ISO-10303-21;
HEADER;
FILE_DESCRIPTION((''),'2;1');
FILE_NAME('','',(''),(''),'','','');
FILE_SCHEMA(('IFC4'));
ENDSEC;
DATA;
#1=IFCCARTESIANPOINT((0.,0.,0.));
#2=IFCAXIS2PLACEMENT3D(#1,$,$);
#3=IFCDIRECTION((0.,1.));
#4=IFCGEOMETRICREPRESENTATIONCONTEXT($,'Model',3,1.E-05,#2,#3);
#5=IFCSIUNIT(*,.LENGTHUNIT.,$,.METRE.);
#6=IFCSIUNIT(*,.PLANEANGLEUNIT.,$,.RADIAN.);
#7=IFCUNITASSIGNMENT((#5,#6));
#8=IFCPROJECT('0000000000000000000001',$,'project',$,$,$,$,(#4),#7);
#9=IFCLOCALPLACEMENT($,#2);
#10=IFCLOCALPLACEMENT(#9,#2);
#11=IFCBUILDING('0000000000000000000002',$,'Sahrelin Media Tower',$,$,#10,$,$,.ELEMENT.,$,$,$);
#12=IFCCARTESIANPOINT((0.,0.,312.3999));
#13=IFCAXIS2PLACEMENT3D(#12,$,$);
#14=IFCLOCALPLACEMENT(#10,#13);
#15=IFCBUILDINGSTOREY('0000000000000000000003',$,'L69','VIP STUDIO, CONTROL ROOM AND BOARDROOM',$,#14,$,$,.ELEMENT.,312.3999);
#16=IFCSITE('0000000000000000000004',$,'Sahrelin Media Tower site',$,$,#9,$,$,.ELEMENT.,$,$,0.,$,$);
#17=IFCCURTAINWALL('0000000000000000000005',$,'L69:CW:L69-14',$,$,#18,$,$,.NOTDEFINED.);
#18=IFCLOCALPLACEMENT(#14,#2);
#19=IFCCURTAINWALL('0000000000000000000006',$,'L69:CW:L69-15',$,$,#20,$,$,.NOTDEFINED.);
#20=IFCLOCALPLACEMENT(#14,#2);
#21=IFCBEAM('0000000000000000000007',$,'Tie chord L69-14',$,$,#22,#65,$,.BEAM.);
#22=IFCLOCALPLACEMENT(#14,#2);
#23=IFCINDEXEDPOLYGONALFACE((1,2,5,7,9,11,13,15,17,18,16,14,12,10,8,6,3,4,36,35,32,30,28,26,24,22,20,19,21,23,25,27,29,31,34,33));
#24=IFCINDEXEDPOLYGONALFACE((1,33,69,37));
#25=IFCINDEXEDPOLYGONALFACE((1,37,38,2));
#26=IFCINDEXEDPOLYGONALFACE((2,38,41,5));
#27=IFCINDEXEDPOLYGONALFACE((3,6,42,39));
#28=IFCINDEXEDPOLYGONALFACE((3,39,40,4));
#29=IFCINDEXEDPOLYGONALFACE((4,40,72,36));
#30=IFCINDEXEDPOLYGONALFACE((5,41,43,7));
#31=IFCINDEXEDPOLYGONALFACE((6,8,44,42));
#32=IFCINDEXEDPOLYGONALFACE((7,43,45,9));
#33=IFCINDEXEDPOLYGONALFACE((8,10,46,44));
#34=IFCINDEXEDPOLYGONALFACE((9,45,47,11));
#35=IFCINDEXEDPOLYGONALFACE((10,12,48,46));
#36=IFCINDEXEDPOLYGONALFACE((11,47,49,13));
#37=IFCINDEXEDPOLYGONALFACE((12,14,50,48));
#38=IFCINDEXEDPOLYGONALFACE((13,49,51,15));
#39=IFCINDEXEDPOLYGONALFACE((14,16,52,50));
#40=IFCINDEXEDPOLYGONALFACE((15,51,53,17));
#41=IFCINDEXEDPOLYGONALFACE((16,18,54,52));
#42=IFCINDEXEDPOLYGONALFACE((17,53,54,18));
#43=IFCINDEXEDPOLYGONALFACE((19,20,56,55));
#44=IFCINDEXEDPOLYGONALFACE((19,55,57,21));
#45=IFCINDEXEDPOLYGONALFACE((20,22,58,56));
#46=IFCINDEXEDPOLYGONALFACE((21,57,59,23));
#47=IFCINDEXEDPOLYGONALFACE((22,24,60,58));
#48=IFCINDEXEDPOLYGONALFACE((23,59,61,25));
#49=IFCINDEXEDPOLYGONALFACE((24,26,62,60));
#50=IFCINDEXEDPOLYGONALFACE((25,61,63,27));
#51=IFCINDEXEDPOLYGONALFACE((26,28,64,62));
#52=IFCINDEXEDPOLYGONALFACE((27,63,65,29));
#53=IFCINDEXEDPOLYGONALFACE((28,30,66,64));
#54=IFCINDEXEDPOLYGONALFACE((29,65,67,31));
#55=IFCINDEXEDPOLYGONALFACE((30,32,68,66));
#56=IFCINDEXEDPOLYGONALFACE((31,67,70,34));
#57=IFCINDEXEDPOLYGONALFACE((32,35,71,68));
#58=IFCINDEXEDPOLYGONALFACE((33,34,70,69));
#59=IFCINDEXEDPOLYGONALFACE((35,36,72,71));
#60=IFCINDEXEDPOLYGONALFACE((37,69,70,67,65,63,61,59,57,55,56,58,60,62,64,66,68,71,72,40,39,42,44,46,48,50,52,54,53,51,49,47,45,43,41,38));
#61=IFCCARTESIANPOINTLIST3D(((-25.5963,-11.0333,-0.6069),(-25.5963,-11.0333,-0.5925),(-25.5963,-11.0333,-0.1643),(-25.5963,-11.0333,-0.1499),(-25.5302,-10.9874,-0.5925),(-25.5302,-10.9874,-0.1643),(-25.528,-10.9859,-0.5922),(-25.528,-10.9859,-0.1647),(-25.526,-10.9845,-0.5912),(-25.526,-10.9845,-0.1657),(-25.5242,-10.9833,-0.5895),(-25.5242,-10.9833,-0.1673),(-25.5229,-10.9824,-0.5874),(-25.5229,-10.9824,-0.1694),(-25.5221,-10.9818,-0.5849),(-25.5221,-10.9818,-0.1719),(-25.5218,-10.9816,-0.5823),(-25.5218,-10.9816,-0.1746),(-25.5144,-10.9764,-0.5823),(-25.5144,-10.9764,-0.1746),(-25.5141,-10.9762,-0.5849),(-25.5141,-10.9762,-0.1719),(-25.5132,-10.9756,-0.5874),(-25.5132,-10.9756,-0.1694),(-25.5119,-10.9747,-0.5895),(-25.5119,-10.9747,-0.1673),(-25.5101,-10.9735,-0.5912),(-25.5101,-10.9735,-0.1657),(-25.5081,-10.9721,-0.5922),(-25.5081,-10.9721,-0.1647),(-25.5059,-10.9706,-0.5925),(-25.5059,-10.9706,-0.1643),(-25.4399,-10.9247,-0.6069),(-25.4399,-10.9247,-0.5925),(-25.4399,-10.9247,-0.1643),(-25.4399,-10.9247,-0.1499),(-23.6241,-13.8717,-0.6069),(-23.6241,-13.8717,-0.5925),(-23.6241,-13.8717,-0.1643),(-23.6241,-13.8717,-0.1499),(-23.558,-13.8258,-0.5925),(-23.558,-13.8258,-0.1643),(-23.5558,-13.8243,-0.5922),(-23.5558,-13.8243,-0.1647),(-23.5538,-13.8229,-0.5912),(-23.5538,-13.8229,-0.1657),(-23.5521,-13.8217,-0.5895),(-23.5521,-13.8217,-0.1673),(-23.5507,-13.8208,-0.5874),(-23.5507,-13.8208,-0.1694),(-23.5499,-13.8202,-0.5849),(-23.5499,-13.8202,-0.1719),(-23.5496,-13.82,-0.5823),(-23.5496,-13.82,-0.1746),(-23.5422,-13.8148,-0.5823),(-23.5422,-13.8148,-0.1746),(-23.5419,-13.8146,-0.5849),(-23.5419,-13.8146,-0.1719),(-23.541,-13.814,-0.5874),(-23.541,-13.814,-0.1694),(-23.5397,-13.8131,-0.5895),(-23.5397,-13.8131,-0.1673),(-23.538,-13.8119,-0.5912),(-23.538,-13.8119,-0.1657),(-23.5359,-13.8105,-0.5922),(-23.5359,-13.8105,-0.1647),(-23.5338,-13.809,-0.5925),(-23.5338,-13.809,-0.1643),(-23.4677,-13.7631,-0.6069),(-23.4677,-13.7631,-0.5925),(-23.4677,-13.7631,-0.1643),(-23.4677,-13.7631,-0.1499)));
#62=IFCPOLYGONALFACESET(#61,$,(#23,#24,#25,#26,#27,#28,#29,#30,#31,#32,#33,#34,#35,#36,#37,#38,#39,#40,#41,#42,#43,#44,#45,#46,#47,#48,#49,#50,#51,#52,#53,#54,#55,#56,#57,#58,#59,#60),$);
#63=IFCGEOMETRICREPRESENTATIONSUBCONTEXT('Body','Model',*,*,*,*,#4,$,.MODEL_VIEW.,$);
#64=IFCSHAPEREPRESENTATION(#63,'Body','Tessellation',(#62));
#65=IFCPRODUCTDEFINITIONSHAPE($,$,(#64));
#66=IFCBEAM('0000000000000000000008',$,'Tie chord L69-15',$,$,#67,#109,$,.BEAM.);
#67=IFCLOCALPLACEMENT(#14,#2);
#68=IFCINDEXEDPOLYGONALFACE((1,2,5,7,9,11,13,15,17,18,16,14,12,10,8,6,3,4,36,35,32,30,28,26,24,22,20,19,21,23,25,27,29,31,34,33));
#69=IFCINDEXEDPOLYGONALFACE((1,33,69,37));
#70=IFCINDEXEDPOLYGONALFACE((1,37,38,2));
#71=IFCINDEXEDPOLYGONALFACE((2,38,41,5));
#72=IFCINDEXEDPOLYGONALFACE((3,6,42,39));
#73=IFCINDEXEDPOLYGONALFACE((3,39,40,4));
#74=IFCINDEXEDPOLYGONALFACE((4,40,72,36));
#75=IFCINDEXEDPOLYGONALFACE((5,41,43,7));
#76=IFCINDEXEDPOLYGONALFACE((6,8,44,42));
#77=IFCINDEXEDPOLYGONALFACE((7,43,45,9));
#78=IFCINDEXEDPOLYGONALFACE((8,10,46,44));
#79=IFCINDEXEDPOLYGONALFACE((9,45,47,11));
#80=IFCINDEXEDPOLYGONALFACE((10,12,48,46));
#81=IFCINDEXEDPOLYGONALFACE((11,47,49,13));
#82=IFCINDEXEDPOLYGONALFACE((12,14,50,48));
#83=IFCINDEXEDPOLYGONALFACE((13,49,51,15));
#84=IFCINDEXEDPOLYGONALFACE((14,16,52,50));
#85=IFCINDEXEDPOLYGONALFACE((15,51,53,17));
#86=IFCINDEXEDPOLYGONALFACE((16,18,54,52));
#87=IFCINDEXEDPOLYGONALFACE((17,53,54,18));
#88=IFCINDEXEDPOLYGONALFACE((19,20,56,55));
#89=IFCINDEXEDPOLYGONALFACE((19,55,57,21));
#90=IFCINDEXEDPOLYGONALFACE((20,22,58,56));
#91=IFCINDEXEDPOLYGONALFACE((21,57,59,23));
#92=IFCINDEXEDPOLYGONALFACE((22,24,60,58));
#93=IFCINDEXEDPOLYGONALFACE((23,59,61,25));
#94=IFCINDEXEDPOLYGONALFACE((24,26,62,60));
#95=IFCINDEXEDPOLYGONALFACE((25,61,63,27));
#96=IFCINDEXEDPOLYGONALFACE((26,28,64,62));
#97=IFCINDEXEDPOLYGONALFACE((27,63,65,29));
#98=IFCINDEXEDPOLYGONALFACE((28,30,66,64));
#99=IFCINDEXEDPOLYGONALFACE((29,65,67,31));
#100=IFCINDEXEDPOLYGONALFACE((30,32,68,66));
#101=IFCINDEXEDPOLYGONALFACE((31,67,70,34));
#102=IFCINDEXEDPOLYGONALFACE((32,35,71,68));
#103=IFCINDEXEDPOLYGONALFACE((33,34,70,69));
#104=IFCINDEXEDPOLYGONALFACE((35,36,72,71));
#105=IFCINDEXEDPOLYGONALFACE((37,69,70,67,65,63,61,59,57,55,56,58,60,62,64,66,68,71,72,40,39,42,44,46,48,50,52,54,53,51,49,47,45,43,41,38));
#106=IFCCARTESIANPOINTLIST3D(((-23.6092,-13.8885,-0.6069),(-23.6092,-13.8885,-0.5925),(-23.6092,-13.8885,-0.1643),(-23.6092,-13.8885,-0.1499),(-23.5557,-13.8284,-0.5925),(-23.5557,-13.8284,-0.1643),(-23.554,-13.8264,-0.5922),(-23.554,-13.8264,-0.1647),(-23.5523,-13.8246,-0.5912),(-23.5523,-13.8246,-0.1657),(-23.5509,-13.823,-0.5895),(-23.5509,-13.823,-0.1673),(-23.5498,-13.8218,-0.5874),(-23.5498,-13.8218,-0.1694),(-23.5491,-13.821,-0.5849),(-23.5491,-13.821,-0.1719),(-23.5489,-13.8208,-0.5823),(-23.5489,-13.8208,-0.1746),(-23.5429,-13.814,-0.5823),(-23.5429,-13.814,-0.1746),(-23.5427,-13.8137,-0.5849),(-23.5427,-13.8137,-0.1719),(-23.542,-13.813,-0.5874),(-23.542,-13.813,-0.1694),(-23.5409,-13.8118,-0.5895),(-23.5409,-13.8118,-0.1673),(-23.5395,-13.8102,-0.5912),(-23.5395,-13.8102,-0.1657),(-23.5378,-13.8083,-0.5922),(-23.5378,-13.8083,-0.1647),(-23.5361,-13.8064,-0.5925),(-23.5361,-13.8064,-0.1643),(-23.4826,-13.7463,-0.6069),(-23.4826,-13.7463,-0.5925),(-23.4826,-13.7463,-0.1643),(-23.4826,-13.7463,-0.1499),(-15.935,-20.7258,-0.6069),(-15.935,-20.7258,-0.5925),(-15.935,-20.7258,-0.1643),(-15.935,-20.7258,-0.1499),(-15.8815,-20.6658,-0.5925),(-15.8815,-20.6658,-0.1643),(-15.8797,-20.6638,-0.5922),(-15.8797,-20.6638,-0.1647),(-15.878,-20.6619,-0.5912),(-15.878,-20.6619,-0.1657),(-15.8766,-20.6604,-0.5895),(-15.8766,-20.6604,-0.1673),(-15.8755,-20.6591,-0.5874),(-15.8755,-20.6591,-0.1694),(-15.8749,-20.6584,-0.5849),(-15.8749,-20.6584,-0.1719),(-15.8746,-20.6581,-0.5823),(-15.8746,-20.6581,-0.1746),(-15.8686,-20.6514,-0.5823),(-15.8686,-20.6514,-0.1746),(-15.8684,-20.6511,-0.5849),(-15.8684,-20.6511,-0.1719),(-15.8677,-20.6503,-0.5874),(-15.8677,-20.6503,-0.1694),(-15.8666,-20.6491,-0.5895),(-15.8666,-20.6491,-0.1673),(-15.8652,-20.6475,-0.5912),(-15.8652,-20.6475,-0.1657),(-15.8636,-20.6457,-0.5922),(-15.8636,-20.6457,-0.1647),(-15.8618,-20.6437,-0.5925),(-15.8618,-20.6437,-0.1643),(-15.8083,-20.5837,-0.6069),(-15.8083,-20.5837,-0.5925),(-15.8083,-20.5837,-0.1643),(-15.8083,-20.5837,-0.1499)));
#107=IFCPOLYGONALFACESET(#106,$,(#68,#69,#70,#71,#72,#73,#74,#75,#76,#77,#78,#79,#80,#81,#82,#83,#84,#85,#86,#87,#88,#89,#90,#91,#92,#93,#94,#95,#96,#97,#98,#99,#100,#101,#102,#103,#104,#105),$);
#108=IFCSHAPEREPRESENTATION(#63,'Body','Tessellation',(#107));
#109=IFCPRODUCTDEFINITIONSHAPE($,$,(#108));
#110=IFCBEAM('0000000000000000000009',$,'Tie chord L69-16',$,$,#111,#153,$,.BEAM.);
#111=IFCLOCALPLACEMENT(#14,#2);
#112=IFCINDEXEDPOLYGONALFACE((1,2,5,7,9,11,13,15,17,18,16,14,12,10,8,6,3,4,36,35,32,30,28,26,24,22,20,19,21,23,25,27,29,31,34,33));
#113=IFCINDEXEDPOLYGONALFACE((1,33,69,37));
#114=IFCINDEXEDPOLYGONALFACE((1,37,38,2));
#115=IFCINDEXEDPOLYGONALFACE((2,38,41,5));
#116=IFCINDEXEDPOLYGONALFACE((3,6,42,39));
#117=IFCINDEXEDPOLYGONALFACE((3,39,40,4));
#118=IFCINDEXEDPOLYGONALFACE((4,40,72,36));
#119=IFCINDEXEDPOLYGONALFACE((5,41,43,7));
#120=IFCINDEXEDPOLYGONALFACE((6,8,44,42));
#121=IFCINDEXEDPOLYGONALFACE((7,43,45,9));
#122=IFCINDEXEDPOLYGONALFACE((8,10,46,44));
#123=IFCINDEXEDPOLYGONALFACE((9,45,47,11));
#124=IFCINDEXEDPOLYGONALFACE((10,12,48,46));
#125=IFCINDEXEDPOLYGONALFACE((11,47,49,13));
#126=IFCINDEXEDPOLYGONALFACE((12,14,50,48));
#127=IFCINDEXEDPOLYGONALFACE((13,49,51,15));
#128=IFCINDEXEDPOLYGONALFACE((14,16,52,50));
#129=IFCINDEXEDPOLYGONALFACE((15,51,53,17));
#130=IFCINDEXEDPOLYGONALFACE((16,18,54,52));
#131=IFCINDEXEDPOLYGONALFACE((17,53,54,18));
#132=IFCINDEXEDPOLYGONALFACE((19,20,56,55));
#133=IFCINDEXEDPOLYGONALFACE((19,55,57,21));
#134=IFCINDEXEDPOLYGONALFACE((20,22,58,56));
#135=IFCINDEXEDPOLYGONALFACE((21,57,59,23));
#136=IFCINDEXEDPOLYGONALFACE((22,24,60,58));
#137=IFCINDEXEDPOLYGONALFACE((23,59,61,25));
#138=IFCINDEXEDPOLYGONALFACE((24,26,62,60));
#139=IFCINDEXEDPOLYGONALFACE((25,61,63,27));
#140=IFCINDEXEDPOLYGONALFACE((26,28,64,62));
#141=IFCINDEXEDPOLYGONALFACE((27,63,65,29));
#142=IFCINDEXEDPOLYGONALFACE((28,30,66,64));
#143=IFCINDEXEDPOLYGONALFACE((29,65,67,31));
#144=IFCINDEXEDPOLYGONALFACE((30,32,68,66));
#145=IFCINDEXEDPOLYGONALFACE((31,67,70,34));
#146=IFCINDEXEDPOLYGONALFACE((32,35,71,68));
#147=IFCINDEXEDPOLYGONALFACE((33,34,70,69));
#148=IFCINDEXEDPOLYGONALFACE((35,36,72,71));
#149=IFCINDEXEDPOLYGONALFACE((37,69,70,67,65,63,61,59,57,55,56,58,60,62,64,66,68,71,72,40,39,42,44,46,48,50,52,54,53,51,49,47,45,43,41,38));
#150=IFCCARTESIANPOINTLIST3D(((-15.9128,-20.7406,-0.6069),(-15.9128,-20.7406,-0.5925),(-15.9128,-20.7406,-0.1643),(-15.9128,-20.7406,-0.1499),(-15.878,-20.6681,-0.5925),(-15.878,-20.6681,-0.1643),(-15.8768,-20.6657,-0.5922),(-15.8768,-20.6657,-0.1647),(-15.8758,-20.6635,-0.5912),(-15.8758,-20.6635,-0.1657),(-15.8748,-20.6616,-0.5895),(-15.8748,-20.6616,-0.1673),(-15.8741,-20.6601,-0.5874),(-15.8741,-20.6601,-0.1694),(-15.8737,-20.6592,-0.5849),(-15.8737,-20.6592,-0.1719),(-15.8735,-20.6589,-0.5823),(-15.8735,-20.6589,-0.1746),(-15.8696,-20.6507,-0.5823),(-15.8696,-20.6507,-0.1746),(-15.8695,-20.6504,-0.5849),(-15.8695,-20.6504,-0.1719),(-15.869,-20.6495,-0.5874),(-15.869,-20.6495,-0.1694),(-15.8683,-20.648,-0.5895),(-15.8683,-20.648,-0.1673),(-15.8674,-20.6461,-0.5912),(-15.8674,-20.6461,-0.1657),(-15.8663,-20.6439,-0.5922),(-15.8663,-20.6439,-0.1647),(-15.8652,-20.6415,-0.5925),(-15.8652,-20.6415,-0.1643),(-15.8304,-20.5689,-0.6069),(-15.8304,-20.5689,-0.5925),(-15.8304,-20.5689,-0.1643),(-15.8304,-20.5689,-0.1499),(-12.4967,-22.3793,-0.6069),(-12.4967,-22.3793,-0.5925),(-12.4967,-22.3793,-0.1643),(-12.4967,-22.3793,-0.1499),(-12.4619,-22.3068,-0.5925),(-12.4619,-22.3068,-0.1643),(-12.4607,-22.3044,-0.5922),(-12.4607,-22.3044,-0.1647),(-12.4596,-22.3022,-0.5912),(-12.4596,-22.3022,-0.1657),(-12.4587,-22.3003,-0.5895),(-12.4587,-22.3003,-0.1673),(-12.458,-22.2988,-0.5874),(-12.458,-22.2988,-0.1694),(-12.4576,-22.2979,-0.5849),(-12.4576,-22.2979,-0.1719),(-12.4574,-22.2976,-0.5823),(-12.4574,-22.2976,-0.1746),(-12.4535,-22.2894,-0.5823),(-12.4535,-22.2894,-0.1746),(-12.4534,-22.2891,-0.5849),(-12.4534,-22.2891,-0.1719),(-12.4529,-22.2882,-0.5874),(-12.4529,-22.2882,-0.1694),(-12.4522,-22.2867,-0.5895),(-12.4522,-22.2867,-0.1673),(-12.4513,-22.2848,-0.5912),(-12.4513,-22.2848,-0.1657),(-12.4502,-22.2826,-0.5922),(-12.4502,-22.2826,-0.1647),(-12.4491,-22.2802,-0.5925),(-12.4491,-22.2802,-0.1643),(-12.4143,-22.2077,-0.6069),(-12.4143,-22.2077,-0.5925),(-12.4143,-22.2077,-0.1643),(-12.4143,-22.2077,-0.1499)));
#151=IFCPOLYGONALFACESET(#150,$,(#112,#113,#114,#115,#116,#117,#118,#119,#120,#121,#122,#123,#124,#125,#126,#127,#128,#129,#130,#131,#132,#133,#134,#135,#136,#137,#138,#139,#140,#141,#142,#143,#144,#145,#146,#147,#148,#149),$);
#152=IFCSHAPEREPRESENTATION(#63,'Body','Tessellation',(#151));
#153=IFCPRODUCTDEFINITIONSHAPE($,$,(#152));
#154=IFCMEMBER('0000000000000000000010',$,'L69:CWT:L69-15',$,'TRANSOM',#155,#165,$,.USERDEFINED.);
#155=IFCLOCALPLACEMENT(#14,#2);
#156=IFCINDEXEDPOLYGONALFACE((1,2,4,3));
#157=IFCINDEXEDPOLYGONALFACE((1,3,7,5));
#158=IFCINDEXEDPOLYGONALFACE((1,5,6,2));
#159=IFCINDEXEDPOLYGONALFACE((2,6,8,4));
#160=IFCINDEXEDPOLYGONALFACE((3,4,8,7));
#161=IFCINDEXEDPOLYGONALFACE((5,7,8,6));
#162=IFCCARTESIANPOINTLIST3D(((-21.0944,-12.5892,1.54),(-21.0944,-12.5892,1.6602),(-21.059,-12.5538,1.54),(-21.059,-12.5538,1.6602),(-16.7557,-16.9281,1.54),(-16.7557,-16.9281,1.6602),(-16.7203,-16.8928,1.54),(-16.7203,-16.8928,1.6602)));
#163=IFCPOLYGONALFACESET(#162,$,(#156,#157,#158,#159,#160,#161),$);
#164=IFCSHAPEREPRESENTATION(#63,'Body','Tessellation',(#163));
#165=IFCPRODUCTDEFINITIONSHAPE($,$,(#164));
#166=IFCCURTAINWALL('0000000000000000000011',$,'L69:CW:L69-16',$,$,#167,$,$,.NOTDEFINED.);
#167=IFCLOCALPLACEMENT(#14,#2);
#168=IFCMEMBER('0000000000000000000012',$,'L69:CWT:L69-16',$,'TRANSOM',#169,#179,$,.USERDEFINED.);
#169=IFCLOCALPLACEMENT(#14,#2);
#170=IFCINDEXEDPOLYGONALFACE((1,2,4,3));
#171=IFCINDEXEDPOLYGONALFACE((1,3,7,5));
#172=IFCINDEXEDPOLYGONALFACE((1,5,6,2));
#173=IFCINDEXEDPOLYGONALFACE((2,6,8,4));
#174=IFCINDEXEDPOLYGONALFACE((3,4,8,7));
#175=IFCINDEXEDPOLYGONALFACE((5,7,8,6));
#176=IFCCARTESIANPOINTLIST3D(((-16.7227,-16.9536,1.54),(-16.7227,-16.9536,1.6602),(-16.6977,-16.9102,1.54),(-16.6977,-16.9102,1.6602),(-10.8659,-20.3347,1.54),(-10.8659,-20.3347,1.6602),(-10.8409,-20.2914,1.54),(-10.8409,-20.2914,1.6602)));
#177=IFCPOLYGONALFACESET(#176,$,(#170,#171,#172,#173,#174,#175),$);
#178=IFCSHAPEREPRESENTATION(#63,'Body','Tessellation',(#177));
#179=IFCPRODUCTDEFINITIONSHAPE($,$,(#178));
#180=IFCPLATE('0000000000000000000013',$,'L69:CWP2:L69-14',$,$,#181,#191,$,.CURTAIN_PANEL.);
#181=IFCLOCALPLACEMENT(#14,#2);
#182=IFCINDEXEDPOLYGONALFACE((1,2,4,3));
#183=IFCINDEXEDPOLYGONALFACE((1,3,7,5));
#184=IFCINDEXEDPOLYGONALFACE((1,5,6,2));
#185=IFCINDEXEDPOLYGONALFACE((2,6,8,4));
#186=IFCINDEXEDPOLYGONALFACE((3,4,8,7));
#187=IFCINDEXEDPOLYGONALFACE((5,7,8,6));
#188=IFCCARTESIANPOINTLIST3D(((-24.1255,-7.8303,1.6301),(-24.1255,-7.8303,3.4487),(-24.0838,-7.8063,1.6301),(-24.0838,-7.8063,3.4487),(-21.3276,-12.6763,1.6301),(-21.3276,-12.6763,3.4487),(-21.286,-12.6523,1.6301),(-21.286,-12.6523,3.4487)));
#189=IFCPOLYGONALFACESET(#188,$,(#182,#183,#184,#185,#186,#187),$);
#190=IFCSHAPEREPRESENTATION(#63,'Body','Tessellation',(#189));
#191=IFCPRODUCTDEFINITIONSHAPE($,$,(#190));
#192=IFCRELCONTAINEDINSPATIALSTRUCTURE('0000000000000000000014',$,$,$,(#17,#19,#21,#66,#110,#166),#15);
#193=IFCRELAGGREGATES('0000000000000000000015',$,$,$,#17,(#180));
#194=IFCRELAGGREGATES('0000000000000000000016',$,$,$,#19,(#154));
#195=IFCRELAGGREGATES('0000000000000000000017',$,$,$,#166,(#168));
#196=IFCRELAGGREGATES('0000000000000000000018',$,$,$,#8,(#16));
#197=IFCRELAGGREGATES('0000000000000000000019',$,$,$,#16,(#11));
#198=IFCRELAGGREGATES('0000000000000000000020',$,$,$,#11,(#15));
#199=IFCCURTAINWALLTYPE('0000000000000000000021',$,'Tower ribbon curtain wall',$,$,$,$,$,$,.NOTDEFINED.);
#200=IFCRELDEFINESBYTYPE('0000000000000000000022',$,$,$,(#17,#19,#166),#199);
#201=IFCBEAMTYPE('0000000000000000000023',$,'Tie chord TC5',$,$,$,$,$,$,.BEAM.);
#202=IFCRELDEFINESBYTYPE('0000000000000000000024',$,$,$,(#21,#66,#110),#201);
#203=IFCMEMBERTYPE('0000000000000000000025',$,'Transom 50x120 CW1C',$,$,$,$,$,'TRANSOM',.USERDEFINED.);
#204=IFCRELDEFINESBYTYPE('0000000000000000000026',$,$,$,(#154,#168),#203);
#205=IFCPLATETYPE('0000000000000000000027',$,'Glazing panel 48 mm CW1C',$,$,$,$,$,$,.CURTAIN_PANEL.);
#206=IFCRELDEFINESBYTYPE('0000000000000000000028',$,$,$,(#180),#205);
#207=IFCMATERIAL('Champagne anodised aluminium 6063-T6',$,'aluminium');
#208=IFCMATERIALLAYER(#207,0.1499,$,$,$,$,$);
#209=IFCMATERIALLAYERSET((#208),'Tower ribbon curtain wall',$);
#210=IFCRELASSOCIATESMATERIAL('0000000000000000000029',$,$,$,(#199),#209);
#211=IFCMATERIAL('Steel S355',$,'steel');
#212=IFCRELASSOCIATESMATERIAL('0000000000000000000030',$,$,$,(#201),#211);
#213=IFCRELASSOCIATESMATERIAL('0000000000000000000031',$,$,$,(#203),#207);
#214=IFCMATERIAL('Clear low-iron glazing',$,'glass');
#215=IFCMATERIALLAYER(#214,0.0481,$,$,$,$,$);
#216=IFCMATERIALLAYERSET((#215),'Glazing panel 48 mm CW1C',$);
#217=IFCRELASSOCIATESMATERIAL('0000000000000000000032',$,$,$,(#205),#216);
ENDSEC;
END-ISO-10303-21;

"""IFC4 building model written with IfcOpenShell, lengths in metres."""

from ifc_helpers import new_model, si_unit, direction, frame, origin, origin_2d, place, context, subcontext, project, spatial, polyline, rectangle, i_section, outline, extrude, material, layer, layer_set, material_profile, profile_set, type_object, element, aggregate, save


model = new_model("IFC4")

# Units and contexts
model_context = context("Model", 3, precision=1e-05, world=origin(), true_north=direction((0.0, 1.0)))
body_context = subcontext(model_context, "Body", "Model", "MODEL_VIEW")
ifc_project = project(units=[si_unit("LENGTHUNIT", "METRE"), si_unit("PLANEANGLEUNIT", "RADIAN")], contexts=[model_context])

# Site, building, storey
site_placement = place(None, origin())
site = spatial("IfcSite", under=ifc_project, at=site_placement, Name="Sahrelin Media Tower site", CompositionType="ELEMENT", RefElevation=0.0)
building_placement = place(site_placement, origin())
building = spatial("IfcBuilding", under=site, at=building_placement, Name="Sahrelin Media Tower", CompositionType="ELEMENT")
storey_placement = place(building_placement, frame((0.0, 0.0, 312.3999)))
storey = spatial("IfcBuildingStorey", under=building, at=storey_placement, Name="L69", Description="VIP STUDIO, CONTROL ROOM AND BOARDROOM", CompositionType="ELEMENT", Elevation=312.3999)

# Shared definitions
ifc_material_1 = material(Name="Steel S355", Category="steel")

# Curtain walls
ifc_material_2 = material(Name="Champagne anodised aluminium 6063-T6", Category="aluminium")
ifc_layer_1 = layer(ifc_material_2, 0.1499)
ifc_layer_set_1 = layer_set([ifc_layer_1], Name="Tower ribbon curtain wall")
curtain_wall_type = type_object("IfcCurtainWallType", Name="Tower ribbon curtain wall", PredefinedType="NOTDEFINED", material=ifc_layer_set_1)
curtain_wall_1_placement = place(storey_placement, frame((-22.7092, -10.2432, 0.0), z_axis=(0.0, 0.0, 1.0), x_axis=(1.0, 0.0, 0.0)))
curtain_wall_1 = element("IfcCurtainWall", 1, at=curtain_wall_1_placement, inside=storey, type_object=curtain_wall_type, Name="L69:CW:L69-14", PredefinedType="NOTDEFINED")
curtain_wall_2_placement = place(storey_placement, frame((-19.0806, -14.9143, 0.0), z_axis=(0.0, 0.0, 1.0), x_axis=(1.0, 0.0, 0.0)))
curtain_wall_2 = element("IfcCurtainWall", 2, at=curtain_wall_2_placement, inside=storey, type_object=curtain_wall_type, Name="L69:CW:L69-15", PredefinedType="NOTDEFINED")

# Beams
ifc_material_profile_1 = material_profile(ifc_material_1, i_section(OverallWidth=0.1904, OverallDepth=0.457, WebThickness=0.009, FlangeThickness=0.0144, FilletRadius=0.0103, at=origin_2d()), Name="UB 457x191x74")
ifc_profile_set_1 = profile_set([ifc_material_profile_1], Name="Steel S355")
beam_type_1 = type_object("IfcBeamType", Name="Tie chord TC5", PredefinedType="BEAM", material=ifc_profile_set_1)
beam_1_placement = place(storey_placement, frame((-25.5181, -10.979, -0.3784), z_axis=(0.570605, -0.821225, 0.0), x_axis=(0.821225, 0.570605, 0.0)))
element("IfcBeam", 3, at=beam_1_placement, inside=storey, type_object=beam_type_1, Name="Tie chord L69-14", PredefinedType="BEAM", context=body_context, shape_type="SweptSolid", body=[
    extrude(i_section(OverallWidth=0.1904, OverallDepth=0.457, WebThickness=0.009, FlangeThickness=0.0144, FilletRadius=0.0103, at=origin_2d()), origin(), (0.0, 0.0, 1.0), 3.4563),
])
beam_2_placement = place(storey_placement, frame((-23.5459, -13.8174, -0.3784), z_axis=(0.746646, -0.665221, 0.0), x_axis=(0.665221, 0.746646, 0.0)))
element("IfcBeam", 4, at=beam_2_placement, inside=storey, type_object=beam_type_1, Name="Tie chord L69-15", PredefinedType="BEAM", context=body_context, shape_type="SweptSolid", body=[
    extrude(i_section(OverallWidth=0.1904, OverallDepth=0.457, WebThickness=0.009, FlangeThickness=0.0144, FilletRadius=0.0103, at=origin_2d()), origin(), (0.0, 0.0, 1.0), 10.2783),
])
beam_3_placement = place(storey_placement, frame((-15.8716, -20.6548, -0.3784), z_axis=(0.901628, -0.432513, 0.0), x_axis=(0.432513, 0.901628, 0.0)))
element("IfcBeam", 5, at=beam_3_placement, inside=storey, type_object=beam_type_1, Name="Tie chord L69-16", PredefinedType="BEAM", context=body_context, shape_type="SweptSolid", body=[
    extrude(i_section(OverallWidth=0.1904, OverallDepth=0.457, WebThickness=0.009, FlangeThickness=0.0144, FilletRadius=0.0103, at=origin_2d()), origin(), (0.0, 0.0, 1.0), 3.7888),
])

# Member
ifc_material_profile_2 = material_profile(ifc_material_2, rectangle(XDim=0.05, YDim=0.1201, at=origin_2d()), Name="Transom 50x120")
ifc_profile_set_2 = profile_set([ifc_material_profile_2], Name="Champagne anodised aluminium 6063-T6")
member_type_1 = type_object("IfcMemberType", Name="Transom 50x120 CW1C", ElementType="TRANSOM", PredefinedType="USERDEFINED", material=ifc_profile_set_2)
member_1_placement = place(storey_placement, frame((-21.0767, -12.5715, 1.6001), z_axis=(0.707087, -0.707127, 0.0), x_axis=(0.707127, 0.707087, 0.0)))
member_1 = element("IfcMember", 6, at=member_1_placement, type_object=member_type_1, Name="L69:CWT:L69-15", ObjectType="TRANSOM", PredefinedType="USERDEFINED", context=body_context, shape_type="SweptSolid", body=[
    extrude(rectangle(XDim=0.05, YDim=0.1201, at=origin_2d()), origin(), (0.0, 0.0, 1.0), 6.136),
])

# Curtain wall, member
curtain_wall_3_placement = place(storey_placement, frame((-13.9043, -18.8347, 0.0), z_axis=(0.0, 0.0, 1.0), x_axis=(1.0, 0.0, 0.0)))
curtain_wall_3 = element("IfcCurtainWall", 7, at=curtain_wall_3_placement, inside=storey, type_object=curtain_wall_type, Name="L69:CW:L69-16", PredefinedType="NOTDEFINED")
member_2_placement = place(storey_placement, frame((-16.7102, -16.9319, 1.6001), z_axis=(0.866042, -0.499971, 0.0), x_axis=(0.499971, 0.866042, 0.0)))
member_2 = element("IfcMember", 8, at=member_2_placement, type_object=member_type_1, Name="L69:CWT:L69-16", ObjectType="TRANSOM", PredefinedType="USERDEFINED", context=body_context, shape_type="SweptSolid", body=[
    extrude(rectangle(XDim=0.05, YDim=0.1201, at=origin_2d()), origin(), (0.0, 0.0, 1.0), 6.7627),
])

# Plate
ifc_material_3 = material(Name="Clear low-iron glazing", Category="glass")
ifc_layer_2 = layer(ifc_material_3, 0.0481)
ifc_layer_set_2 = layer_set([ifc_layer_2], Name="Glazing panel 48 mm CW1C")
plate_type_1 = type_object("IfcPlateType", Name="Glazing panel 48 mm CW1C", PredefinedType="CURTAIN_PANEL", material=ifc_layer_set_2)
plate_1_placement = place(storey_placement, frame((-24.1255, -7.8303, 1.6301), z_axis=(-0.866022, -0.500006, 0.0), x_axis=(0.500006, -0.866022, 0.0)))
plate_1 = element("IfcPlate", 9, at=plate_1_placement, type_object=plate_type_1, Name="L69:CWP2:L69-14", PredefinedType="CURTAIN_PANEL", context=body_context, shape_type="SweptSolid", body=[
    extrude(outline(polyline([(0.0, 0.0), (5.5957, 0.0), (5.5957, 1.8186), (0.0, 1.8186), (0.0, 0.0)])), origin(), (0.0, 0.0, -1.0), 0.0481),
])
aggregate(curtain_wall_1, [plate_1])
aggregate(curtain_wall_2, [member_1])
aggregate(curtain_wall_3, [member_2])

save(model, "model.ifc")
